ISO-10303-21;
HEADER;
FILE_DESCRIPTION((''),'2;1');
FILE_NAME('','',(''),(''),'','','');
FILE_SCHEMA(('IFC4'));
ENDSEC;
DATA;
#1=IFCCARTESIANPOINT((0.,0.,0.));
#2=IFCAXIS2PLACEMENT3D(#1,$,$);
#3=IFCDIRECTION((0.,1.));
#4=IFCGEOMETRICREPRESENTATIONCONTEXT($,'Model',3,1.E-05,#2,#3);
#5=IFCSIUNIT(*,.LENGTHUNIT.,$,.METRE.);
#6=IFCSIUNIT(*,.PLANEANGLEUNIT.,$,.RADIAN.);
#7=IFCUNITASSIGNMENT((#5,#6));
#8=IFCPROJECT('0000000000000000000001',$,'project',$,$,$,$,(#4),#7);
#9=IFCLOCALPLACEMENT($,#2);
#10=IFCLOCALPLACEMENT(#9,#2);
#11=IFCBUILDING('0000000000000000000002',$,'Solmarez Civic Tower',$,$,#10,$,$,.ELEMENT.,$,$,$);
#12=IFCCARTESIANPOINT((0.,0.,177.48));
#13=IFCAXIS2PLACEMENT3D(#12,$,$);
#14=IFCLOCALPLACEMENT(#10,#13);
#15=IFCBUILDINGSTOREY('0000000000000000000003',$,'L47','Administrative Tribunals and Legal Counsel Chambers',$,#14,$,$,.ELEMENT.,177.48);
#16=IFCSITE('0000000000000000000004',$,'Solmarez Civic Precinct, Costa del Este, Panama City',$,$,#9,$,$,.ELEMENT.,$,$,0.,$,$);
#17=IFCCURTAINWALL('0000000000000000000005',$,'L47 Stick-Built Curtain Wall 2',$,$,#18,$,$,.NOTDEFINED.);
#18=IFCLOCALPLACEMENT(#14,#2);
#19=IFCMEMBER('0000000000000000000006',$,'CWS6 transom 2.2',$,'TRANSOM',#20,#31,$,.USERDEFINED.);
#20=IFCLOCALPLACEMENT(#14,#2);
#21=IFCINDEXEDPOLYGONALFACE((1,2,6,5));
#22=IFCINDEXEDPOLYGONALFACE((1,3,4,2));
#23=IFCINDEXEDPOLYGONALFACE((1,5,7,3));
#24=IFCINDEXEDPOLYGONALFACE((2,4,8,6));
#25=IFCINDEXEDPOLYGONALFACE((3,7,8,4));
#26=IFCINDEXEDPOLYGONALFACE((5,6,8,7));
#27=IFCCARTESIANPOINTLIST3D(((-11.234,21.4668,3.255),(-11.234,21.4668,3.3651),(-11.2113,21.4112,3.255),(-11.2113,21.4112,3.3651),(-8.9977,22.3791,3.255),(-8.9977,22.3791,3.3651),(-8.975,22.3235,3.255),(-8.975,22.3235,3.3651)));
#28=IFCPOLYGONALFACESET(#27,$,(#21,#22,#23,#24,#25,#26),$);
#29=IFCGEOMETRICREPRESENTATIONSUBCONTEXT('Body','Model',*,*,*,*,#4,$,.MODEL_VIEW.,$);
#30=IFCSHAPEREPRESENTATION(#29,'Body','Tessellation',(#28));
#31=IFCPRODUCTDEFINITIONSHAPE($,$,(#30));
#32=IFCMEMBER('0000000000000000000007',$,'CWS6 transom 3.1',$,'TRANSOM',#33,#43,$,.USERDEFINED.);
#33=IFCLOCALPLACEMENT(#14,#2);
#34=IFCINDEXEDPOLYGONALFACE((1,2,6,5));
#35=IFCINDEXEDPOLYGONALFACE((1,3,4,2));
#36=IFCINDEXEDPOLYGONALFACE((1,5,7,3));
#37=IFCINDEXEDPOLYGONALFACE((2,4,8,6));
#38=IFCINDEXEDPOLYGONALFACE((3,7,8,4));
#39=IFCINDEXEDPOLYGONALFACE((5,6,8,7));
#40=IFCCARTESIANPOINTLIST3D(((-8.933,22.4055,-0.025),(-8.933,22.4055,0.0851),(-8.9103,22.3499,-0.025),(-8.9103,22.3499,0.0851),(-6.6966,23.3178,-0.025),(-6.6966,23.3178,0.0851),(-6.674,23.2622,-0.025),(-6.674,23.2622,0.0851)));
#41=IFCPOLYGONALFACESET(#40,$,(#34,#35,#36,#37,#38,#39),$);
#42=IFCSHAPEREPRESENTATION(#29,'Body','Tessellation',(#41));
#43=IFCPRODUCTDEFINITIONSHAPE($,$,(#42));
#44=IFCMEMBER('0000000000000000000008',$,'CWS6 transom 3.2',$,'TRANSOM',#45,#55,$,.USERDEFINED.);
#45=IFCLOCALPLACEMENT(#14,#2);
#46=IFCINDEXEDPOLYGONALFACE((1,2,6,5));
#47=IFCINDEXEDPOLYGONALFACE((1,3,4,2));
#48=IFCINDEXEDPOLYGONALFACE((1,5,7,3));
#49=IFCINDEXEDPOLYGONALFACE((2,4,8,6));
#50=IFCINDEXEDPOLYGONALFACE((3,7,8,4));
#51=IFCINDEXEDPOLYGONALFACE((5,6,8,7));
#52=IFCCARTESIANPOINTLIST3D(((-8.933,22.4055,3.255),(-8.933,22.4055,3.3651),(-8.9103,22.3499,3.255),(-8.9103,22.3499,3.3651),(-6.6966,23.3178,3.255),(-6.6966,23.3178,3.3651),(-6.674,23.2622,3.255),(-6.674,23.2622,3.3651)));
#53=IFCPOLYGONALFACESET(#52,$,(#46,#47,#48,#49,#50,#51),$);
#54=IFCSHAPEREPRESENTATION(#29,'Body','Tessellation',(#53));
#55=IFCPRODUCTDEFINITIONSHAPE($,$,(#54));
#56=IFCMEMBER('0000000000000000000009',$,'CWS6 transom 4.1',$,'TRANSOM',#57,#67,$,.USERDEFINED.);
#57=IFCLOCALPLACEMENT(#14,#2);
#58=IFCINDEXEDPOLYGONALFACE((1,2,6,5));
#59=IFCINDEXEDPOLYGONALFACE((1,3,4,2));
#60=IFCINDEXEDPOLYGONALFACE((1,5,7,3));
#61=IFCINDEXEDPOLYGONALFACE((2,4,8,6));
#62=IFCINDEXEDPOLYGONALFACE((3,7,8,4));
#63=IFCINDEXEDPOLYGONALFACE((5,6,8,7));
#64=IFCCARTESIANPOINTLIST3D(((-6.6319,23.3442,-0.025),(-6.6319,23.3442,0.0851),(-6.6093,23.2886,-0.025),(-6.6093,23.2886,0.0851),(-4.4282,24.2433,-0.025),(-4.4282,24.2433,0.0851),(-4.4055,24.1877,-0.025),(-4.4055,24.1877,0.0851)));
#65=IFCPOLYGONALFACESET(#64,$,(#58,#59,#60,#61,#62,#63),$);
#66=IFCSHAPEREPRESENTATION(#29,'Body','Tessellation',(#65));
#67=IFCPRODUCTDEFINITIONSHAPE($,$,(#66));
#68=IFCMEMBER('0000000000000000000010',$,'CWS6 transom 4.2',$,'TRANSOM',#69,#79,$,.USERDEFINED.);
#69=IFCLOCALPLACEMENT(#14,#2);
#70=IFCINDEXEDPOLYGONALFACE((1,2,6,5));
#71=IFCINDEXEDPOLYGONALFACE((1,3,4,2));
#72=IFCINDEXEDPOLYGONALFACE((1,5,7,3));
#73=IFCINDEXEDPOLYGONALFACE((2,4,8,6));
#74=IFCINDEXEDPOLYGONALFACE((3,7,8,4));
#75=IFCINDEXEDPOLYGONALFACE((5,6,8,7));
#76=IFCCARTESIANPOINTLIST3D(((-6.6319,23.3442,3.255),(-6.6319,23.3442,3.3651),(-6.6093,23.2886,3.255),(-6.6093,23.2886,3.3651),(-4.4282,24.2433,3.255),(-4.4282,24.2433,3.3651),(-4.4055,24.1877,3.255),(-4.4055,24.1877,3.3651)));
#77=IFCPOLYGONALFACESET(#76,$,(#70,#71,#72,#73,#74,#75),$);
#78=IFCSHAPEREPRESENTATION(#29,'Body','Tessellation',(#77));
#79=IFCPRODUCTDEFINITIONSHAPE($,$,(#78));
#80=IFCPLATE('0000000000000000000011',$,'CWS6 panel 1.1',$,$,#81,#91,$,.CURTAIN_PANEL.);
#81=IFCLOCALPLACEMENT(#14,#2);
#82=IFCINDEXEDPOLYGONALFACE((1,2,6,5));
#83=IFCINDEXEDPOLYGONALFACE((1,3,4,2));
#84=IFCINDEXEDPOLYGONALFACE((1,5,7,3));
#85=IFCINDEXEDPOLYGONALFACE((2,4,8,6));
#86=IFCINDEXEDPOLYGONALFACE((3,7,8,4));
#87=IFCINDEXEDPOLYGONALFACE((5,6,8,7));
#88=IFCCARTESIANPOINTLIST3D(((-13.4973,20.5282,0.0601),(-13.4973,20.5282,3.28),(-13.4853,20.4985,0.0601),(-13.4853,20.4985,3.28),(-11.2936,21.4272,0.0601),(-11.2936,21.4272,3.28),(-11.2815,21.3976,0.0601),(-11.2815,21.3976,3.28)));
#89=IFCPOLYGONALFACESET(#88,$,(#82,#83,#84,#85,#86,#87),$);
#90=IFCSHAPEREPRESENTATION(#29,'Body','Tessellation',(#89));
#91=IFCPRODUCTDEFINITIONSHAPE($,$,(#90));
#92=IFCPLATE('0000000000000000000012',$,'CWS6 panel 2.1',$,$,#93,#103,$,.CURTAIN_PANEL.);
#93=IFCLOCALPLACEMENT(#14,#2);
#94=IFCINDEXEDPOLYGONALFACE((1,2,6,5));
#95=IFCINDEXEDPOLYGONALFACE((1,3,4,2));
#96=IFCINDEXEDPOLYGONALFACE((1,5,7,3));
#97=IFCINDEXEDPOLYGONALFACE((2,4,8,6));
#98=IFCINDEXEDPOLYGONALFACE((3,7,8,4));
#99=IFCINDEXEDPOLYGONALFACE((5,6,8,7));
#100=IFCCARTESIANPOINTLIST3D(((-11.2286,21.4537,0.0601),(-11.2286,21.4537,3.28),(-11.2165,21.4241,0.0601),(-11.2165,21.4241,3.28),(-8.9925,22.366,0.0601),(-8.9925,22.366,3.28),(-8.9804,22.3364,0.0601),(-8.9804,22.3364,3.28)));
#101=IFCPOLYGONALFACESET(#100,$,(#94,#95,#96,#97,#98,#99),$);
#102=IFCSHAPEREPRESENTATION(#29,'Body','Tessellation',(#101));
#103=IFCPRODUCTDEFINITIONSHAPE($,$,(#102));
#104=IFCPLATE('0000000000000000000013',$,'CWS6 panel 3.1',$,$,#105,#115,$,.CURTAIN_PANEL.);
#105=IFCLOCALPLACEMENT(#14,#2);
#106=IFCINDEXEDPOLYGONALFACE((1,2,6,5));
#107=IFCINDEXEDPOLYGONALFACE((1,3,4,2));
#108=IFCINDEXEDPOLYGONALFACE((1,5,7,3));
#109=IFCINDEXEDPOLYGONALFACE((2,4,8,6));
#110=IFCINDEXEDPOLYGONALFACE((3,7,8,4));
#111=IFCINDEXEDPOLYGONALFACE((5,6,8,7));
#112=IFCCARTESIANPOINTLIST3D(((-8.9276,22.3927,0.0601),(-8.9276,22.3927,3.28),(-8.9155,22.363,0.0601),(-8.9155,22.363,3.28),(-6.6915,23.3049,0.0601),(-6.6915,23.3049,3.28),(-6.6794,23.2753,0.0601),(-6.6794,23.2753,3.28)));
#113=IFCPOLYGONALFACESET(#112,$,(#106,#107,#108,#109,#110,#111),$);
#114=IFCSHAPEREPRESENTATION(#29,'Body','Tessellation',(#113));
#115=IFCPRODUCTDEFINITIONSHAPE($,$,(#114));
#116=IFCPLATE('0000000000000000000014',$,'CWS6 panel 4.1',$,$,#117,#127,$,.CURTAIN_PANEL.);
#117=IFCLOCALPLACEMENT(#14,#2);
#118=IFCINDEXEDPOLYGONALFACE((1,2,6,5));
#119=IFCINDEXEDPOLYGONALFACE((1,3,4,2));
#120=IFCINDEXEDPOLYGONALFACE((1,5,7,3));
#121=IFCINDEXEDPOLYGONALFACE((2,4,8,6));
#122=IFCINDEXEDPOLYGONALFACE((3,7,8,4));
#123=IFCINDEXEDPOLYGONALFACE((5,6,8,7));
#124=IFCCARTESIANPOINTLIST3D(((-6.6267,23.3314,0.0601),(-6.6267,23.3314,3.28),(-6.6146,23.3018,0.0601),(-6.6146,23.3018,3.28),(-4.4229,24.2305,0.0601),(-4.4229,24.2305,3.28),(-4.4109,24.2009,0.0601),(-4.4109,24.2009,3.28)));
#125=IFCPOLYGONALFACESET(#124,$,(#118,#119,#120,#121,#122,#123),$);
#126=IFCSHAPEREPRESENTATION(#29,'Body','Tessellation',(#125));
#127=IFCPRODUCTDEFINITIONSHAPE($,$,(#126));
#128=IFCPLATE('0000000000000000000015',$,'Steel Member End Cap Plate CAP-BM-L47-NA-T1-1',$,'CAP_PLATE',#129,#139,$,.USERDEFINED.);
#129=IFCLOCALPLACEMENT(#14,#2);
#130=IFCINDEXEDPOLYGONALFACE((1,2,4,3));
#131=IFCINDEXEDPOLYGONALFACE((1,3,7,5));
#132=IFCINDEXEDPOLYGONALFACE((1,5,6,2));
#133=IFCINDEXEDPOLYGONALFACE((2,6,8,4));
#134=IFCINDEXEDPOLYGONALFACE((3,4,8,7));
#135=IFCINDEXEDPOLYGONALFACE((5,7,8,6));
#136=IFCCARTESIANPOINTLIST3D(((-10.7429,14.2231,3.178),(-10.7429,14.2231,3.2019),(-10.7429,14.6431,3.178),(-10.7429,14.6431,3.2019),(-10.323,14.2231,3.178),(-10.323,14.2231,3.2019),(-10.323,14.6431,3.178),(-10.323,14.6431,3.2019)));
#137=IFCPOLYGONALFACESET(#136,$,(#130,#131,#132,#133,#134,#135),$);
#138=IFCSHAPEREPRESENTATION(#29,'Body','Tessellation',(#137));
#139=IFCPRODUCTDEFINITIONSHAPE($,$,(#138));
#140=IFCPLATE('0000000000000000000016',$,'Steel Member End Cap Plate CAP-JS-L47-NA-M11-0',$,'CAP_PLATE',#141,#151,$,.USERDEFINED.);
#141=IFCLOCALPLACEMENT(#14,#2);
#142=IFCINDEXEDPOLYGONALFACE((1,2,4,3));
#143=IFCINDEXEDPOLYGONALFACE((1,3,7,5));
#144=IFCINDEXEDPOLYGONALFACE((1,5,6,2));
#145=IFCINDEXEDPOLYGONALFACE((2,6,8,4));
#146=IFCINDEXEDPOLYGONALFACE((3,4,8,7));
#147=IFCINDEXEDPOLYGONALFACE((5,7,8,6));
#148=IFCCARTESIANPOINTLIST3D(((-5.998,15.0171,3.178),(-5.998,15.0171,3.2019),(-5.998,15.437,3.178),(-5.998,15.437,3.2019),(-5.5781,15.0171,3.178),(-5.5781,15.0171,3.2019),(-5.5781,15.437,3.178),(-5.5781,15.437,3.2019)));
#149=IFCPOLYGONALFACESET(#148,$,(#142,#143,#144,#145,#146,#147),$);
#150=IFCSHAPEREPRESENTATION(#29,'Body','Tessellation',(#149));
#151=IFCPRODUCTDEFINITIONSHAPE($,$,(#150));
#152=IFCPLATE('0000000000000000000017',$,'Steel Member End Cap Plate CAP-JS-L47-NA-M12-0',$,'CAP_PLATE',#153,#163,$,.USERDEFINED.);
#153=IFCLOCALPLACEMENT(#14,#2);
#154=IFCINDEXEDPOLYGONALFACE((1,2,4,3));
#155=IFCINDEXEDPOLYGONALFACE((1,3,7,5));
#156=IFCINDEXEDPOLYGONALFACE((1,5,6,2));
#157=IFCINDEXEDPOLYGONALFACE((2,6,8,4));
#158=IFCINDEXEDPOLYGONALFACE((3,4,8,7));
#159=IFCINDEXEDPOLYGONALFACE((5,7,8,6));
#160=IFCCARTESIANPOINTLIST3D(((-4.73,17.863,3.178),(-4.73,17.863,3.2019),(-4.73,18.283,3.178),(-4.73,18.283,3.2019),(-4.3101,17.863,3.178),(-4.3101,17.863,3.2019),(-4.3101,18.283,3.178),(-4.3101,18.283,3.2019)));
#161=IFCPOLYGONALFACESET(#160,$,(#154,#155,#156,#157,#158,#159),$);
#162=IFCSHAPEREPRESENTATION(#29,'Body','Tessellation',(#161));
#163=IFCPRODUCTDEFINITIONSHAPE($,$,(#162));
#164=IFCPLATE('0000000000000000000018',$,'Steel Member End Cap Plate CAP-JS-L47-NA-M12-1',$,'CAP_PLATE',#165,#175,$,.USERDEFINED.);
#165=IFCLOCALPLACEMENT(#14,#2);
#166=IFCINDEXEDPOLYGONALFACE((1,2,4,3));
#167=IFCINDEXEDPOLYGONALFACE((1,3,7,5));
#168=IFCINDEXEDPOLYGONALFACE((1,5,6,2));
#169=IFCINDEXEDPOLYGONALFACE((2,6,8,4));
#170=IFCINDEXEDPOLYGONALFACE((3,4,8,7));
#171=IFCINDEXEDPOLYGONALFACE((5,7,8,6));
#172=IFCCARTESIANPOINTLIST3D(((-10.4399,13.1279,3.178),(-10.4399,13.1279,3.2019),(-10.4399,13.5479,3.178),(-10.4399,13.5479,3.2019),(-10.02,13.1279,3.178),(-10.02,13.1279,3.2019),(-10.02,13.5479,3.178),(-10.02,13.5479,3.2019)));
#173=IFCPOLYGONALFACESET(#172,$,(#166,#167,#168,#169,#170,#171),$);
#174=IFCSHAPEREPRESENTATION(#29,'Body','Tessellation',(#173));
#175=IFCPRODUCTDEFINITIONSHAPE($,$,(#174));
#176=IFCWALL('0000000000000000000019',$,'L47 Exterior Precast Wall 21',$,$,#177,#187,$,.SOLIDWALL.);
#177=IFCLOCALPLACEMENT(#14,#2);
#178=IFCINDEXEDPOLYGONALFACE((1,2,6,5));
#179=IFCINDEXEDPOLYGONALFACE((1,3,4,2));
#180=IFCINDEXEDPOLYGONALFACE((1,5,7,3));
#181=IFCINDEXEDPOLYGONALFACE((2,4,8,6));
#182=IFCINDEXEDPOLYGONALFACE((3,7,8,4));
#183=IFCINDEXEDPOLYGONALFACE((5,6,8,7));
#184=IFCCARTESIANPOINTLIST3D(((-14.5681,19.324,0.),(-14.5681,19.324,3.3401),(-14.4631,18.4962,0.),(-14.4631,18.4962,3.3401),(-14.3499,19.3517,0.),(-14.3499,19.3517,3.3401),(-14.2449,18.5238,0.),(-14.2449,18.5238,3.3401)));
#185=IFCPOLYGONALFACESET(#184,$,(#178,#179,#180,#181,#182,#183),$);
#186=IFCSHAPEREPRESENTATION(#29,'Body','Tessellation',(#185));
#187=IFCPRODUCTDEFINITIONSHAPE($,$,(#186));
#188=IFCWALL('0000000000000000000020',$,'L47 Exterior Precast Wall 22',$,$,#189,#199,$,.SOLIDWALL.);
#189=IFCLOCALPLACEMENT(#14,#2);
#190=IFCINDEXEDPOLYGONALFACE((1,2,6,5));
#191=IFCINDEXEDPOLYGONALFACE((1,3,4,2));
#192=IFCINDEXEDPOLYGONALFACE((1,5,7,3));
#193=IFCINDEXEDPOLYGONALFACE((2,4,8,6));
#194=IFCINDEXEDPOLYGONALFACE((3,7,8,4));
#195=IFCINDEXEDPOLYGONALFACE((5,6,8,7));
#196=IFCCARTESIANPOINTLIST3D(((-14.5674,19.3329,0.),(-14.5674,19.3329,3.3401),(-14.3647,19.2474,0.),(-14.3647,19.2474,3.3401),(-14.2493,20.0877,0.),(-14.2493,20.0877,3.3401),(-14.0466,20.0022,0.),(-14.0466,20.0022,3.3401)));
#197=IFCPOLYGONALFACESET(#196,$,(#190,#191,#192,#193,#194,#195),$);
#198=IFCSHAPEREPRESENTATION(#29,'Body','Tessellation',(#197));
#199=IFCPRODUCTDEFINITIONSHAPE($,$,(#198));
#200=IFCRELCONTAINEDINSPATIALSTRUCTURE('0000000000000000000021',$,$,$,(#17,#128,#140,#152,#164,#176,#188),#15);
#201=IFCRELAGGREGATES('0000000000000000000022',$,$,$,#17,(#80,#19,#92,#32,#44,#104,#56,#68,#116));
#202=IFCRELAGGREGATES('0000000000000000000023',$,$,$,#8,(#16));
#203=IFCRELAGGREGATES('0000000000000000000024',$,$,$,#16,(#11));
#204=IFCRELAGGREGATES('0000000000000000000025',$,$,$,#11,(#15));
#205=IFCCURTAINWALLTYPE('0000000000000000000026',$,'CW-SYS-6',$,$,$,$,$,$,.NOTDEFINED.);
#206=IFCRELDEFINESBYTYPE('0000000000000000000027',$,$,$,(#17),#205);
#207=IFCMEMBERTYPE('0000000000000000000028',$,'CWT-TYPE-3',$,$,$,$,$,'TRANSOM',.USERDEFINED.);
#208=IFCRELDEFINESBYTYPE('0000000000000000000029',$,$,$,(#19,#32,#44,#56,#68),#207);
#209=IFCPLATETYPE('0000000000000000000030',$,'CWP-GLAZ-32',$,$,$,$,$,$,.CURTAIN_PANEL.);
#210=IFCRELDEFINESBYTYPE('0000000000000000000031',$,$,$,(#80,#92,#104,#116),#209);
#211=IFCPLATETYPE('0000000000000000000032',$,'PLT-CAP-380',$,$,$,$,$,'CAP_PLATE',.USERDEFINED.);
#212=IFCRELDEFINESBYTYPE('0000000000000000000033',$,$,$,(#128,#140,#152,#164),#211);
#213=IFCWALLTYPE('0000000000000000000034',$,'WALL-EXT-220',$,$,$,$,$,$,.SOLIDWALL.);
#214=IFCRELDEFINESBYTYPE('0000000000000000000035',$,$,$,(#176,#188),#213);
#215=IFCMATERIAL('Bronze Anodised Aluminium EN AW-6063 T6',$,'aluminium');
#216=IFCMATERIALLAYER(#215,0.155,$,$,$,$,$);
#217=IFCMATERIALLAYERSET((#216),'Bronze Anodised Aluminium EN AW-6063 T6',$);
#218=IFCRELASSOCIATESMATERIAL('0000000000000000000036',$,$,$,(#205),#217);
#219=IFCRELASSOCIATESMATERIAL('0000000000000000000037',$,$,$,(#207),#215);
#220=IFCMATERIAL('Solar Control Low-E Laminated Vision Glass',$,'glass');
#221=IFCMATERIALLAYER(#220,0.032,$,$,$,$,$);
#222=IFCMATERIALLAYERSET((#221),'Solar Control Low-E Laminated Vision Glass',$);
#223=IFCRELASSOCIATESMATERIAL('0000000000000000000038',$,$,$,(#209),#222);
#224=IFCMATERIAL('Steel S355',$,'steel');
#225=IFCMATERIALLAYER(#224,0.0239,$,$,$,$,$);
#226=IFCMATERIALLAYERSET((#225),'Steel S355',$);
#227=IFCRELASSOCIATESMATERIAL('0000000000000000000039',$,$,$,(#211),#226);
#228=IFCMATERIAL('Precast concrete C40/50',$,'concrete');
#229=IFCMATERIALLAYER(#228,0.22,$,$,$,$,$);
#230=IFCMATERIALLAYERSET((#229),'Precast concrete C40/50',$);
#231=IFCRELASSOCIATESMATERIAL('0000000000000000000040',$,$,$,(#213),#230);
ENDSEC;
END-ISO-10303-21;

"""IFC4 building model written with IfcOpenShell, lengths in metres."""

from ifc_helpers import new_model, si_unit, direction, frame, frame_2d, origin, origin_2d, place, context, subcontext, project, spatial, rectangle, extrude, material, layer, layer_set, material_profile, profile_set, type_object, element, aggregate, save


model = new_model("IFC4")

# Units and contexts
model_context = context("Model", 3, precision=1e-05, world=origin(), true_north=direction((0.0, 1.0)))
body_context = subcontext(model_context, "Body", "Model", "MODEL_VIEW")
ifc_project = project(units=[si_unit("LENGTHUNIT", "METRE"), si_unit("PLANEANGLEUNIT", "RADIAN")], contexts=[model_context])

# Site, building, storey
site_placement = place(None, origin())
site = spatial("IfcSite", under=ifc_project, at=site_placement, Name="Solmarez Civic Precinct, Costa del Este, Panama City", CompositionType="ELEMENT", RefElevation=0.0)
building_placement = place(site_placement, origin())
building = spatial("IfcBuilding", under=site, at=building_placement, Name="Solmarez Civic Tower", CompositionType="ELEMENT")
storey_placement = place(building_placement, frame((0.0, 0.0, 177.48)))
storey = spatial("IfcBuildingStorey", under=building, at=storey_placement, Name="L47", Description="Administrative Tribunals and Legal Counsel Chambers", CompositionType="ELEMENT", Elevation=177.48)

# Shared definitions
ifc_material_1 = material(Name="Steel S355", Category="steel")

# Curtain wall, members, plates
ifc_material_2 = material(Name="Bronze Anodised Aluminium EN AW-6063 T6", Category="aluminium")
ifc_layer_1 = layer(ifc_material_2, 0.155)
ifc_layer_set_1 = layer_set([ifc_layer_1], Name="Bronze Anodised Aluminium EN AW-6063 T6")
curtain_wall_type = type_object("IfcCurtainWallType", Name="CW-SYS-6", PredefinedType="NOTDEFINED", material=ifc_layer_set_1)
curtain_wall_placement = place(storey_placement, origin())
curtain_wall = element("IfcCurtainWall", 1, at=curtain_wall_placement, inside=storey, type_object=curtain_wall_type, Name="L47 Stick-Built Curtain Wall 2", PredefinedType="NOTDEFINED")
ifc_material_profile_1 = material_profile(ifc_material_2, rectangle(XDim=0.0601, YDim=0.1101, at=origin_2d()), Name="CWT-60X110")
ifc_profile_set_1 = profile_set([ifc_material_profile_1], Name="Bronze Anodised Aluminium EN AW-6063 T6")
member_type_1 = type_object("IfcMemberType", Name="CWT-TYPE-3", ElementType="TRANSOM", PredefinedType="USERDEFINED", material=ifc_profile_set_1)
member_1_placement = place(storey_placement, frame((-11.2227, 21.439, 3.3101), z_axis=(0.92591, 0.377743, 0.0), x_axis=(-0.377743, 0.92591, 0.0)))
member_1 = element("IfcMember", 2, at=member_1_placement, type_object=member_type_1, Name="CWS6 transom 2.2", ObjectType="TRANSOM", PredefinedType="USERDEFINED", context=body_context, shape_type="SweptSolid", body=[
    extrude(rectangle(XDim=0.0601, YDim=0.1101, at=origin_2d()), origin(), (0.0, 0.0, 1.0), 2.4153),
])
member_2_placement = place(storey_placement, frame((-8.9216, 22.3777, 0.03), z_axis=(0.92591, 0.377743, 0.0), x_axis=(-0.377743, 0.92591, 0.0)))
member_2 = element("IfcMember", 3, at=member_2_placement, type_object=member_type_1, Name="CWS6 transom 3.1", ObjectType="TRANSOM", PredefinedType="USERDEFINED", context=body_context, shape_type="SweptSolid", body=[
    extrude(rectangle(XDim=0.0601, YDim=0.1101, at=origin_2d()), origin(), (0.0, 0.0, 1.0), 2.4153),
])
member_3_placement = place(storey_placement, frame((-8.9216, 22.3777, 3.3101), z_axis=(0.92591, 0.377743, 0.0), x_axis=(-0.377743, 0.92591, 0.0)))
member_3 = element("IfcMember", 4, at=member_3_placement, type_object=member_type_1, Name="CWS6 transom 3.2", ObjectType="TRANSOM", PredefinedType="USERDEFINED", context=body_context, shape_type="SweptSolid", body=[
    extrude(rectangle(XDim=0.0601, YDim=0.1101, at=origin_2d()), origin(), (0.0, 0.0, 1.0), 2.4153),
])
member_4_placement = place(storey_placement, frame((-6.6206, 23.3164, 0.03), z_axis=(0.925901, 0.377766, 0.0), x_axis=(-0.377766, 0.925901, 0.0)))
member_4 = element("IfcMember", 5, at=member_4_placement, type_object=member_type_1, Name="CWS6 transom 4.1", ObjectType="TRANSOM", PredefinedType="USERDEFINED", context=body_context, shape_type="SweptSolid", body=[
    extrude(rectangle(XDim=0.0601, YDim=0.1101, at=origin_2d()), origin(), (0.0, 0.0, 1.0), 2.3801),
])
member_5_placement = place(storey_placement, frame((-6.6206, 23.3164, 3.3101), z_axis=(0.925901, 0.377766, 0.0), x_axis=(-0.377766, 0.925901, 0.0)))
member_5 = element("IfcMember", 6, at=member_5_placement, type_object=member_type_1, Name="CWS6 transom 4.2", ObjectType="TRANSOM", PredefinedType="USERDEFINED", context=body_context, shape_type="SweptSolid", body=[
    extrude(rectangle(XDim=0.0601, YDim=0.1101, at=origin_2d()), origin(), (0.0, 0.0, 1.0), 2.3801),
])
ifc_material_3 = material(Name="Solar Control Low-E Laminated Vision Glass", Category="glass")
ifc_layer_2 = layer(ifc_material_3, 0.032)
ifc_layer_set_2 = layer_set([ifc_layer_2], Name="Solar Control Low-E Laminated Vision Glass")
plate_type_1 = type_object("IfcPlateType", Name="CWP-GLAZ-32", PredefinedType="CURTAIN_PANEL", material=ifc_layer_set_2)
plate_1_placement = place(storey_placement, frame((-12.3894, 20.9629, 0.0601), z_axis=(0.0, 0.0, 1.0), x_axis=(0.925909, 0.377747, 0.0)))
plate_1 = element("IfcPlate", 7, at=plate_1_placement, type_object=plate_type_1, Name="CWS6 panel 1.1", PredefinedType="CURTAIN_PANEL", context=body_context, shape_type="SweptSolid", body=[
    extrude(rectangle(XDim=2.3801, YDim=0.032, at=origin_2d()), origin(), (0.0, 0.0, 1.0), 3.22),
])
plate_2_placement = place(storey_placement, frame((-10.1045, 21.895, 0.0601), z_axis=(0.0, 0.0, 1.0), x_axis=(0.925909, 0.377747, 0.0)))
plate_2 = element("IfcPlate", 8, at=plate_2_placement, type_object=plate_type_1, Name="CWS6 panel 2.1", PredefinedType="CURTAIN_PANEL", context=body_context, shape_type="SweptSolid", body=[
    extrude(rectangle(XDim=2.415, YDim=0.032, at=origin_2d()), origin(), (0.0, 0.0, 1.0), 3.22),
])
plate_3_placement = place(storey_placement, frame((-7.8035, 22.834, 0.0601), z_axis=(0.0, 0.0, 1.0), x_axis=(0.925909, 0.377747, 0.0)))
plate_3 = element("IfcPlate", 9, at=plate_3_placement, type_object=plate_type_1, Name="CWS6 panel 3.1", PredefinedType="CURTAIN_PANEL", context=body_context, shape_type="SweptSolid", body=[
    extrude(rectangle(XDim=2.415, YDim=0.032, at=origin_2d()), origin(), (0.0, 0.0, 1.0), 3.22),
])
plate_4_placement = place(storey_placement, frame((-5.5188, 23.7661, 0.0601), z_axis=(0.0, 0.0, 1.0), x_axis=(0.925909, 0.377747, 0.0)))
plate_4 = element("IfcPlate", 10, at=plate_4_placement, type_object=plate_type_1, Name="CWS6 panel 4.1", PredefinedType="CURTAIN_PANEL", context=body_context, shape_type="SweptSolid", body=[
    extrude(rectangle(XDim=2.3801, YDim=0.032, at=origin_2d()), origin(), (0.0, 0.0, 1.0), 3.22),
])
aggregate(curtain_wall, [plate_1, member_1, plate_2, member_2, member_3, plate_3, member_4, member_5, plate_4])

# Plates
ifc_layer_3 = layer(ifc_material_1, 0.0239)
ifc_layer_set_3 = layer_set([ifc_layer_3], Name="Steel S355")
plate_type_2 = type_object("IfcPlateType", Name="PLT-CAP-380", ElementType="CAP_PLATE", PredefinedType="USERDEFINED", material=ifc_layer_set_3)
for number, where, z_axis, x_axis, name in (
    (11, (-10.533, 14.4331, 3.178), (0.0, 0.0, 1.0), (1.0, 0.0, 0.0), "Steel Member End Cap Plate CAP-BM-L47-NA-T1-1"),
    (12, (-5.7881, 15.2271, 3.178), (0.0, 0.0, 1.0), (1.0, 0.0, 0.0), "Steel Member End Cap Plate CAP-JS-L47-NA-M11-0"),
    (13, (-4.52, 18.073, 3.178), (0.0, 0.0, 1.0), (1.0, 0.0, 0.0), "Steel Member End Cap Plate CAP-JS-L47-NA-M12-0"),
    (14, (-10.23, 13.3379, 3.178), (0.0, 0.0, 1.0), (1.0, 0.0, 0.0), "Steel Member End Cap Plate CAP-JS-L47-NA-M12-1"),
):
    element("IfcPlate", number, at=place(storey_placement, frame(where, z_axis=z_axis, x_axis=x_axis)), inside=storey, type_object=plate_type_2, Name=name, ObjectType="CAP_PLATE", PredefinedType="USERDEFINED", context=body_context, shape_type="SweptSolid", body=[
        extrude(rectangle(XDim=0.4199, YDim=0.4199, at=origin_2d()), origin(), (0.0, 0.0, 1.0), 0.0239),
    ])

# Walls
ifc_material_4 = material(Name="Precast concrete C40/50", Category="concrete")
ifc_layer_4 = layer(ifc_material_4, 0.22)
ifc_layer_set_4 = layer_set([ifc_layer_4], Name="Precast concrete C40/50")
wall_type_1 = type_object("IfcWallType", Name="WALL-EXT-220", PredefinedType="SOLIDWALL", material=ifc_layer_set_4)
wall_1_placement = place(storey_placement, frame((-14.354, 18.51, 0.0), z_axis=(0.0, 0.0, 1.0), x_axis=(-0.125799, 0.992056, 0.0)))
element("IfcWall", 15, at=wall_1_placement, inside=storey, type_object=wall_type_1, Name="L47 Exterior Precast Wall 21", PredefinedType="SOLIDWALL", context=body_context, shape_type="SweptSolid", body=[
    extrude(rectangle(XDim=0.8345, YDim=0.22, at=frame_2d((0.4172, 0.0))), origin(), (0.0, 0.0, 1.0), 3.3401),
])
wall_2_placement = place(storey_placement, frame((-14.4661, 19.29, 0.0), z_axis=(0.0, 0.0, 1.0), x_axis=(0.388337, 0.921518, 0.0)))
element("IfcWall", 16, at=wall_2_placement, inside=storey, type_object=wall_type_1, Name="L47 Exterior Precast Wall 22", PredefinedType="SOLIDWALL", context=body_context, shape_type="SweptSolid", body=[
    extrude(rectangle(XDim=0.8191, YDim=0.22, at=frame_2d((0.4097, 0.0))), origin(), (0.0, 0.0, 1.0), 3.3401),
])

save(model, "model.ifc")
